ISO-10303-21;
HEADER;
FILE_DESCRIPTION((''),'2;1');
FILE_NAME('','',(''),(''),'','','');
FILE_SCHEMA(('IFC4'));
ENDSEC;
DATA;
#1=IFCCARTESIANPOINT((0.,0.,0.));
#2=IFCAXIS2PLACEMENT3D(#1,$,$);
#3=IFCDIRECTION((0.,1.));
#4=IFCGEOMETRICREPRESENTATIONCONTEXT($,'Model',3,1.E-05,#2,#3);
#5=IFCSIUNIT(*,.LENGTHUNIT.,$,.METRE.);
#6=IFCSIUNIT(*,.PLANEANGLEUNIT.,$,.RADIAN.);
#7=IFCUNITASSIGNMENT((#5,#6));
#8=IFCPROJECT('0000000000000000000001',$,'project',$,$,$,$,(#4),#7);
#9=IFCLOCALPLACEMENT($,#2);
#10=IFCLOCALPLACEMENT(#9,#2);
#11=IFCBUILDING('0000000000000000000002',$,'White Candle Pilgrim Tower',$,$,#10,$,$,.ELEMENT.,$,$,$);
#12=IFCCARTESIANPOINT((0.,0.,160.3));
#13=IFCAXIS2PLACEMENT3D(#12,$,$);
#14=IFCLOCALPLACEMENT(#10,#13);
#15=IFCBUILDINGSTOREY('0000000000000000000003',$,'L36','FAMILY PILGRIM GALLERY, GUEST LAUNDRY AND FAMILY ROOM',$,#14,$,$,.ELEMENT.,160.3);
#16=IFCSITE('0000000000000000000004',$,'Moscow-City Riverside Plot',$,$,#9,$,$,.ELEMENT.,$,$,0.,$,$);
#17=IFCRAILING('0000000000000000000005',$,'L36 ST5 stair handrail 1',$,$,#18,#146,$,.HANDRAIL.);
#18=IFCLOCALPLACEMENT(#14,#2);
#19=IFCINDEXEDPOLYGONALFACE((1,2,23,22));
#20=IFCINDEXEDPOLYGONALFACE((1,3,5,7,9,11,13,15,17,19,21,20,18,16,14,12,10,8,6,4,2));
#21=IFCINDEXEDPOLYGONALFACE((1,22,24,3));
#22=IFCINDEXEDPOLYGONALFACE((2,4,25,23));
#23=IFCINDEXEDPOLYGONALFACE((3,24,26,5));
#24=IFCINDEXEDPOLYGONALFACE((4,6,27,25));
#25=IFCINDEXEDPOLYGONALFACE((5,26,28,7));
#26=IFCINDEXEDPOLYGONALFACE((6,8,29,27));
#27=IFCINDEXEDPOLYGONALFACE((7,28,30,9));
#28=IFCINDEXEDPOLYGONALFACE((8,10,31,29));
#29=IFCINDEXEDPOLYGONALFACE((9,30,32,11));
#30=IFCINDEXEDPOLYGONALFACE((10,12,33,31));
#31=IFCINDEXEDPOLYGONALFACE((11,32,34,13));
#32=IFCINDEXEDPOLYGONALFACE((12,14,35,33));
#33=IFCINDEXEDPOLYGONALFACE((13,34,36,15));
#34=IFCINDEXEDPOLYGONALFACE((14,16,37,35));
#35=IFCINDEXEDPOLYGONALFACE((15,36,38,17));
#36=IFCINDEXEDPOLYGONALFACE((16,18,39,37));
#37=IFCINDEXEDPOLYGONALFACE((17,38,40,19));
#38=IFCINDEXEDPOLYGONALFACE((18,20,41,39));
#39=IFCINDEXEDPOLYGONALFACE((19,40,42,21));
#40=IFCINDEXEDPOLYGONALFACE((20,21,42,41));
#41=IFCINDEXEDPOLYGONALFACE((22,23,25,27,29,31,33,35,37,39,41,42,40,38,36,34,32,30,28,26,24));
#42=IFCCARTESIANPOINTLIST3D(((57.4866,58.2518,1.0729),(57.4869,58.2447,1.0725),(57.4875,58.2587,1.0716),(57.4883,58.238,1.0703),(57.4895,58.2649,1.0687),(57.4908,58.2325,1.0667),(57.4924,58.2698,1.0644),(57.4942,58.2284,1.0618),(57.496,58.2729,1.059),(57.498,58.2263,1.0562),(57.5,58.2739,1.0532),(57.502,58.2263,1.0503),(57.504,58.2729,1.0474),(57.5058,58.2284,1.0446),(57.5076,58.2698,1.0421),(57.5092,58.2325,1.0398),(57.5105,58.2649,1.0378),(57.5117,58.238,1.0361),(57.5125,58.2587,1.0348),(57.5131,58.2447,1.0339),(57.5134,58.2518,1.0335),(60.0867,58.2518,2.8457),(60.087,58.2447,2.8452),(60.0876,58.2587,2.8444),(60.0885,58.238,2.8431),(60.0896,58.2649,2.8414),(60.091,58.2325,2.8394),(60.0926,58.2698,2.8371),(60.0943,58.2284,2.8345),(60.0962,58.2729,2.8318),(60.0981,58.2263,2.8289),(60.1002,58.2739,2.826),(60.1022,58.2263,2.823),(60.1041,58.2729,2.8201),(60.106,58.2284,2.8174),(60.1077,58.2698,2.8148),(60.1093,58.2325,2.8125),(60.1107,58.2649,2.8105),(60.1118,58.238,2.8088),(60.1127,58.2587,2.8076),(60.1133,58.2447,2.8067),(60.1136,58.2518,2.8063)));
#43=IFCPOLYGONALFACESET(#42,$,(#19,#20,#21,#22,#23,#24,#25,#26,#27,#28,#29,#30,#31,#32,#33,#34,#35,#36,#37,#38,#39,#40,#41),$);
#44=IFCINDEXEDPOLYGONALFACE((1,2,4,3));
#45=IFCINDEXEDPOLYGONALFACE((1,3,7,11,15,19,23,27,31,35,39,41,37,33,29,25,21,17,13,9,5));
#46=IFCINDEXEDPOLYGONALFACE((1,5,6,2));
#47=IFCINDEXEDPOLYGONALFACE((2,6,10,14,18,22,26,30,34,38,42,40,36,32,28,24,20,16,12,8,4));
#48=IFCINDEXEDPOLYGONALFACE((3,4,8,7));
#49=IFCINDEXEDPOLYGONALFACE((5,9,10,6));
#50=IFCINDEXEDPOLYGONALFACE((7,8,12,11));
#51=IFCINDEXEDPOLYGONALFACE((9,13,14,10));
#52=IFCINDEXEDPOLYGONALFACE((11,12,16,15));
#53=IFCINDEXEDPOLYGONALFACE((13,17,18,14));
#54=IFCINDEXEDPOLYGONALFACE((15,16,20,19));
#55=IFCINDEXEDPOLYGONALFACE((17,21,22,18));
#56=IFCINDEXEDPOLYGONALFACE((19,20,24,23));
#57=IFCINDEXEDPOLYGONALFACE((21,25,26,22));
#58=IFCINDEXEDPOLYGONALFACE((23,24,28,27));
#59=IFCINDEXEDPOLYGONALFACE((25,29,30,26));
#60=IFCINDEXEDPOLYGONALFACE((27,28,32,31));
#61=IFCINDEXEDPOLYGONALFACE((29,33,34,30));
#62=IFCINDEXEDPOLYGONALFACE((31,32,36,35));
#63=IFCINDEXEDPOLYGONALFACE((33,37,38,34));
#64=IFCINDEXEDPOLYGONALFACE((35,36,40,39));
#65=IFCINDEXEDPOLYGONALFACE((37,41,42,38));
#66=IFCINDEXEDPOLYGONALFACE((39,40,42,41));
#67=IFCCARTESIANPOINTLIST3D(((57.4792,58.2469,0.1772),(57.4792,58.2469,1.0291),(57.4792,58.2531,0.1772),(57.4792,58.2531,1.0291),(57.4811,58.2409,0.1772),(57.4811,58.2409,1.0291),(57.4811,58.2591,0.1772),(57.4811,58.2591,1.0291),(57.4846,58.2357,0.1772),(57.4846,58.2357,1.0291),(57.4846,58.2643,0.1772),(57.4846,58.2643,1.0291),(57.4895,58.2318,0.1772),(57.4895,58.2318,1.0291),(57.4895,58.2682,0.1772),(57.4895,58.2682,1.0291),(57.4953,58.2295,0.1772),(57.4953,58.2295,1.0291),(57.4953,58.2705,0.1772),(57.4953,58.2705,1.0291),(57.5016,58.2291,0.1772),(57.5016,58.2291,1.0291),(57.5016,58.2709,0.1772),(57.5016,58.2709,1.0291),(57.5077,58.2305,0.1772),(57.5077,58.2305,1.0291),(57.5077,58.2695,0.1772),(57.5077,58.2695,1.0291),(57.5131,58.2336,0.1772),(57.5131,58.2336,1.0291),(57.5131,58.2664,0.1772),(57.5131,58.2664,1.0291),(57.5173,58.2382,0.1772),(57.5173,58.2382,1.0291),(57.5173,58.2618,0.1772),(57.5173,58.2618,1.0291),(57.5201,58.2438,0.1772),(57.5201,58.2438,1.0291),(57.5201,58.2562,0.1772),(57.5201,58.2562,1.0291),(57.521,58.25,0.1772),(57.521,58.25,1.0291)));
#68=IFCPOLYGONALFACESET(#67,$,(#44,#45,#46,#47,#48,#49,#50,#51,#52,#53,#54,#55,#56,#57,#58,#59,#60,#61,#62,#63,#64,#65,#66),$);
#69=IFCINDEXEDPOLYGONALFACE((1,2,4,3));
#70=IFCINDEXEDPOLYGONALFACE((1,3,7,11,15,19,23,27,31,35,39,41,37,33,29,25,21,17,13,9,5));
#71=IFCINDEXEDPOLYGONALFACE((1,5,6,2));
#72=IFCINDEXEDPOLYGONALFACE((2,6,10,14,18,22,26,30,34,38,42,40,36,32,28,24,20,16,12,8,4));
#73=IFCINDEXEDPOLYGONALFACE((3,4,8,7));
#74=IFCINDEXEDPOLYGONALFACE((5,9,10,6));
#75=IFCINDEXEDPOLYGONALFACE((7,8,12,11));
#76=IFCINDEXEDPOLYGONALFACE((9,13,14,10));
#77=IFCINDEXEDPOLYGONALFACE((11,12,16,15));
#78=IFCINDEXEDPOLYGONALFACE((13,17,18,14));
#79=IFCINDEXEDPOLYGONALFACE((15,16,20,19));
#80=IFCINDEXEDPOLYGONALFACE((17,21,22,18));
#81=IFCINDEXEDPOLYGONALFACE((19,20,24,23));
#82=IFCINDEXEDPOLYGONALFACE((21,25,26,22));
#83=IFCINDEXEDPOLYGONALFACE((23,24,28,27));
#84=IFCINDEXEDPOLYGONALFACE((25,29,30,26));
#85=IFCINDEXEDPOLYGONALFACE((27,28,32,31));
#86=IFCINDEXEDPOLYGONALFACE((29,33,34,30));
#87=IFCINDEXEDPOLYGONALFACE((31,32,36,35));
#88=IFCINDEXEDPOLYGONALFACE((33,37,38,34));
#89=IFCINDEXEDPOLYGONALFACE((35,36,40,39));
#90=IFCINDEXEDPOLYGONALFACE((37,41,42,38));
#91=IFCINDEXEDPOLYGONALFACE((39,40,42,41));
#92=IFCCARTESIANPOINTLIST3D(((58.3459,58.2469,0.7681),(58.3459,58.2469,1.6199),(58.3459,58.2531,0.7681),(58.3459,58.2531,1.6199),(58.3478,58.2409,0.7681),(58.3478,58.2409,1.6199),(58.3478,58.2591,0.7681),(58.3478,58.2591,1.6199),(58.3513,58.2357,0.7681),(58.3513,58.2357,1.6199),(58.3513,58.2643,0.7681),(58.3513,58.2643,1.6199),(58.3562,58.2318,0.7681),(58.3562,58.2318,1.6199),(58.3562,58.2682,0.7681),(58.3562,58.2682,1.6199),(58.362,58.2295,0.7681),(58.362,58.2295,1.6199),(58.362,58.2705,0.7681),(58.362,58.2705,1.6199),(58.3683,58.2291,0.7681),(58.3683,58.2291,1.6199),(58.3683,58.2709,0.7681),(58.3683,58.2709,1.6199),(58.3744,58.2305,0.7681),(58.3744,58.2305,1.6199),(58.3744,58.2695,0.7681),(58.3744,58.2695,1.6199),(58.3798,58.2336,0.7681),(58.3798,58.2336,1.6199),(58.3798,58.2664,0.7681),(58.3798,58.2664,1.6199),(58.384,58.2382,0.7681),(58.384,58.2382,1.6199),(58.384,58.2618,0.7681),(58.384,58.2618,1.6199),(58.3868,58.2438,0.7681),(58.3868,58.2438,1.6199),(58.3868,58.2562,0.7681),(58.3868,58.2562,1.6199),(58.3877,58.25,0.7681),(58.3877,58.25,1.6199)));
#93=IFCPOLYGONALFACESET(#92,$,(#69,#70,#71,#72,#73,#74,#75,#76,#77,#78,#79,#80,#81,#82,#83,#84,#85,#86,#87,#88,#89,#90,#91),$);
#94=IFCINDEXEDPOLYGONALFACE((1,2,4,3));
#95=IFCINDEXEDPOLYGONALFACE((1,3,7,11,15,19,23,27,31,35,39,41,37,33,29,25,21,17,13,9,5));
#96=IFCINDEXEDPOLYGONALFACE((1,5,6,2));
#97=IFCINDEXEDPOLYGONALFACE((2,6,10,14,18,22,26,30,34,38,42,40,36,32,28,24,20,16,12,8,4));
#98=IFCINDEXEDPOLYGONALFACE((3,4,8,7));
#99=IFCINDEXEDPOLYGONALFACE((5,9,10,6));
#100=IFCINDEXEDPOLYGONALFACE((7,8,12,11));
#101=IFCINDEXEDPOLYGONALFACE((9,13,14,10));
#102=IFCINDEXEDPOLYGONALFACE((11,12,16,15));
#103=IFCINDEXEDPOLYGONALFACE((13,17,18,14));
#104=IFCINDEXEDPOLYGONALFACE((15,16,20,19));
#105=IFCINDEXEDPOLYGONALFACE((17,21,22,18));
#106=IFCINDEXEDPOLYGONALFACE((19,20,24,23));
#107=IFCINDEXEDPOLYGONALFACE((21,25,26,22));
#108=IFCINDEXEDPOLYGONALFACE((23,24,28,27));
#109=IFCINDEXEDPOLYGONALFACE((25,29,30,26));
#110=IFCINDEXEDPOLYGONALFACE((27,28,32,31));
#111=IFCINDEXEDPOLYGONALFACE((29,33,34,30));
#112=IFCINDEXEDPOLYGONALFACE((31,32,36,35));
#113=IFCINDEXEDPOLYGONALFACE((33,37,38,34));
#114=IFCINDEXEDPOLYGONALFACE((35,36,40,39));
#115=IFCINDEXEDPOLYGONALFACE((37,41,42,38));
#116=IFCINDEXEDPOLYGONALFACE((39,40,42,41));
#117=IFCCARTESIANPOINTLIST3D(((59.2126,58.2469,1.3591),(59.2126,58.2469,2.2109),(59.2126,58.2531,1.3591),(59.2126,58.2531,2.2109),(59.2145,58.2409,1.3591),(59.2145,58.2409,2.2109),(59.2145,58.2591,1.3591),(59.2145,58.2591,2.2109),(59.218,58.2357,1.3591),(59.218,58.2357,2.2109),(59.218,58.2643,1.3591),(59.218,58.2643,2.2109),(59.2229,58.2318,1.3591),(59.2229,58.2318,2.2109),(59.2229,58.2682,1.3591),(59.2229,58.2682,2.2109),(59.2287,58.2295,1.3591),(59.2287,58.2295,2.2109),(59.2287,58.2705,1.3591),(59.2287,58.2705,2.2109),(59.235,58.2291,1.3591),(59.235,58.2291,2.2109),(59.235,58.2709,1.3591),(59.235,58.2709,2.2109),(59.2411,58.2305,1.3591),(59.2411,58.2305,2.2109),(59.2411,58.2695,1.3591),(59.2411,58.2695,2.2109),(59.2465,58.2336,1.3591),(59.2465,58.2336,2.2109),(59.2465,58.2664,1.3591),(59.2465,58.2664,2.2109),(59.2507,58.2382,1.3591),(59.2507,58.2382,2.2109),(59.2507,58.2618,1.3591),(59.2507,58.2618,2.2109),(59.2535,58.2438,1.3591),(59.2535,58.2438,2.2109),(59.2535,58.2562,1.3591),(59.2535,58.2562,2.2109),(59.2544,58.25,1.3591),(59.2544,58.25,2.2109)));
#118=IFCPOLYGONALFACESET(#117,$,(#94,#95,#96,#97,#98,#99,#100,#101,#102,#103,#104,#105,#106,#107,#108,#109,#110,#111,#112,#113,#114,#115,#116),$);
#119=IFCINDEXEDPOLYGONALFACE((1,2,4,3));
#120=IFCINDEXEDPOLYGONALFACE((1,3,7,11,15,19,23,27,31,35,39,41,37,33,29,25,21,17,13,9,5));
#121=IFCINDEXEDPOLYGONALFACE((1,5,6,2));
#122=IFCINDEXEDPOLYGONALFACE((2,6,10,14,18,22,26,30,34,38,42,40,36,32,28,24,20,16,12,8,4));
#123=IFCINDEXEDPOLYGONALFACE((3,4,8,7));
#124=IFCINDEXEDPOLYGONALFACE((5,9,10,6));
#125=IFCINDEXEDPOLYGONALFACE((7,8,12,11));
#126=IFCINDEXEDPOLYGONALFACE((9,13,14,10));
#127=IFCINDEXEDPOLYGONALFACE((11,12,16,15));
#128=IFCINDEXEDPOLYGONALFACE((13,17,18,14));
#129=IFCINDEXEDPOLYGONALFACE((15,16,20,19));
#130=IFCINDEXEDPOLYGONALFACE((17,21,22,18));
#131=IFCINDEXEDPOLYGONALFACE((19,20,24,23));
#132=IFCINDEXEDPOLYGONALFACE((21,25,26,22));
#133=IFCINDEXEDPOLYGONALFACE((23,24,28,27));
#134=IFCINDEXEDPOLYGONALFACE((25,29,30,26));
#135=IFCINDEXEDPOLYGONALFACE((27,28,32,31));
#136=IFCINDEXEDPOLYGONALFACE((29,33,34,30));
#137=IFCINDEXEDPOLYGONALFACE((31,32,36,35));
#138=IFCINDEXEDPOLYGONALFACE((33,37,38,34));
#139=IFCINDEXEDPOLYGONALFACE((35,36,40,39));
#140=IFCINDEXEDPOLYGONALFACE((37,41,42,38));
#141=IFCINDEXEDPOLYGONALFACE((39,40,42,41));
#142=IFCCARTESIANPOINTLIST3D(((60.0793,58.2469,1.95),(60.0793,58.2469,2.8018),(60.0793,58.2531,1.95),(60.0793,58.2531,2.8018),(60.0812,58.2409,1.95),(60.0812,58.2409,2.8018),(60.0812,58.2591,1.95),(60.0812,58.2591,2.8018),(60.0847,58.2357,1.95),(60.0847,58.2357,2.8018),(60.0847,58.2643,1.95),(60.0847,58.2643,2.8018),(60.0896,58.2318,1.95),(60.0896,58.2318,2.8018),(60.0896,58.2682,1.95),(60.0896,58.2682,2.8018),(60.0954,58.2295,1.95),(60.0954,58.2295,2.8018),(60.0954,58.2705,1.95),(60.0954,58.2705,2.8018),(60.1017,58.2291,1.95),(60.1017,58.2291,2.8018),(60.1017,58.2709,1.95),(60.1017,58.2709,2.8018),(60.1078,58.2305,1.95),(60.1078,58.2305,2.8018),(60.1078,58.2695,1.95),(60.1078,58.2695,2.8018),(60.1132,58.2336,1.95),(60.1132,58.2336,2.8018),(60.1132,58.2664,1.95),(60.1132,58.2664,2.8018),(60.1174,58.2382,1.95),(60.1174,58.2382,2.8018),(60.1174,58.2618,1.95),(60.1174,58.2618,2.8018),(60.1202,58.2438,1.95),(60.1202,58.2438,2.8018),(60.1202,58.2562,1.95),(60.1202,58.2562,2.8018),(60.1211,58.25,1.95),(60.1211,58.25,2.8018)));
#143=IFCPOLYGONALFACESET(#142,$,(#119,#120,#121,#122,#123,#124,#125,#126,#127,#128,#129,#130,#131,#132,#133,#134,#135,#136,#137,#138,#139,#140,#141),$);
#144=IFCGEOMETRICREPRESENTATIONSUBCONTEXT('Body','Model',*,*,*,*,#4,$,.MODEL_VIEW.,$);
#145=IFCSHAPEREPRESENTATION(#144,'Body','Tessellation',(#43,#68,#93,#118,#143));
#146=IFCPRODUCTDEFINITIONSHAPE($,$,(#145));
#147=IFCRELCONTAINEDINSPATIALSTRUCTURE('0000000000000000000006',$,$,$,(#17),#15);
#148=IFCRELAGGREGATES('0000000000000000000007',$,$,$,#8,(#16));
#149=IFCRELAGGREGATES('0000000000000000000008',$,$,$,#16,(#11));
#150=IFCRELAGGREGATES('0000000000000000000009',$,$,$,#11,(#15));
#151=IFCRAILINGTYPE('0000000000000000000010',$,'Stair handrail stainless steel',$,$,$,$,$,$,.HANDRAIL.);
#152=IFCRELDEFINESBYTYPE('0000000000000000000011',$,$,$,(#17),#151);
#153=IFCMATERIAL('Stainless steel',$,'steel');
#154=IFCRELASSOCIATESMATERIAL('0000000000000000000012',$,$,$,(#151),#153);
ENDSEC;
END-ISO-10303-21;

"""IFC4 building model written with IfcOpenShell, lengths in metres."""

from ifc_helpers import new_model, si_unit, direction, frame, origin, origin_2d, place, context, subcontext, project, spatial, circle, extrude, material, type_object, element, save


model = new_model("IFC4")

# Units and contexts
model_context = context("Model", 3, precision=1e-05, world=origin(), true_north=direction((0.0, 1.0)))
body_context = subcontext(model_context, "Body", "Model", "MODEL_VIEW")
ifc_project = project(units=[si_unit("LENGTHUNIT", "METRE"), si_unit("PLANEANGLEUNIT", "RADIAN")], contexts=[model_context])

# Site, building, storey
site_placement = place(None, origin())
site = spatial("IfcSite", under=ifc_project, at=site_placement, Name="Moscow-City Riverside Plot", CompositionType="ELEMENT", RefElevation=0.0)
building_placement = place(site_placement, origin())
building = spatial("IfcBuilding", under=site, at=building_placement, Name="White Candle Pilgrim Tower", CompositionType="ELEMENT")
storey_placement = place(building_placement, frame((0.0, 0.0, 160.3)))
storey = spatial("IfcBuildingStorey", under=building, at=storey_placement, Name="L36", Description="FAMILY PILGRIM GALLERY, GUEST LAUNDRY AND FAMILY ROOM", CompositionType="ELEMENT", Elevation=160.3)

# Railing
ifc_material_1 = material(Name="Stainless steel", Category="steel")
railing_type_1 = type_object("IfcRailingType", Name="Stair handrail stainless steel", PredefinedType="HANDRAIL", material=ifc_material_1)
railing_1_placement = place(storey_placement, frame((57.5, 58.25, 0.1772)))
element("IfcRailing", 1, at=railing_1_placement, inside=storey, type_object=railing_type_1, Name="L36 ST5 stair handrail 1", PredefinedType="HANDRAIL", context=body_context, shape_type="SweptSolid", body=[
    extrude(circle(Radius=0.0239, at=origin_2d()), frame((0.0, 0.0, 0.876), z_axis=(0.82624, 0.0, 0.563318), x_axis=(0.0, 1.0, 0.0)), (0.0, 0.0, 1.0), 3.147),
    extrude(circle(Radius=0.021, at=origin_2d()), origin(), (0.0, 0.0, 1.0), 0.8518),
    extrude(circle(Radius=0.021, at=origin_2d()), frame((0.8667, 0.0, 0.5908)), (0.0, 0.0, 1.0), 0.8518),
    extrude(circle(Radius=0.021, at=origin_2d()), frame((1.7334, 0.0, 1.1819)), (0.0, 0.0, 1.0), 0.8518),
    extrude(circle(Radius=0.021, at=origin_2d()), frame((2.6001, 0.0, 1.7727)), (0.0, 0.0, 1.0), 0.8518),
])

save(model, "model.ifc")
